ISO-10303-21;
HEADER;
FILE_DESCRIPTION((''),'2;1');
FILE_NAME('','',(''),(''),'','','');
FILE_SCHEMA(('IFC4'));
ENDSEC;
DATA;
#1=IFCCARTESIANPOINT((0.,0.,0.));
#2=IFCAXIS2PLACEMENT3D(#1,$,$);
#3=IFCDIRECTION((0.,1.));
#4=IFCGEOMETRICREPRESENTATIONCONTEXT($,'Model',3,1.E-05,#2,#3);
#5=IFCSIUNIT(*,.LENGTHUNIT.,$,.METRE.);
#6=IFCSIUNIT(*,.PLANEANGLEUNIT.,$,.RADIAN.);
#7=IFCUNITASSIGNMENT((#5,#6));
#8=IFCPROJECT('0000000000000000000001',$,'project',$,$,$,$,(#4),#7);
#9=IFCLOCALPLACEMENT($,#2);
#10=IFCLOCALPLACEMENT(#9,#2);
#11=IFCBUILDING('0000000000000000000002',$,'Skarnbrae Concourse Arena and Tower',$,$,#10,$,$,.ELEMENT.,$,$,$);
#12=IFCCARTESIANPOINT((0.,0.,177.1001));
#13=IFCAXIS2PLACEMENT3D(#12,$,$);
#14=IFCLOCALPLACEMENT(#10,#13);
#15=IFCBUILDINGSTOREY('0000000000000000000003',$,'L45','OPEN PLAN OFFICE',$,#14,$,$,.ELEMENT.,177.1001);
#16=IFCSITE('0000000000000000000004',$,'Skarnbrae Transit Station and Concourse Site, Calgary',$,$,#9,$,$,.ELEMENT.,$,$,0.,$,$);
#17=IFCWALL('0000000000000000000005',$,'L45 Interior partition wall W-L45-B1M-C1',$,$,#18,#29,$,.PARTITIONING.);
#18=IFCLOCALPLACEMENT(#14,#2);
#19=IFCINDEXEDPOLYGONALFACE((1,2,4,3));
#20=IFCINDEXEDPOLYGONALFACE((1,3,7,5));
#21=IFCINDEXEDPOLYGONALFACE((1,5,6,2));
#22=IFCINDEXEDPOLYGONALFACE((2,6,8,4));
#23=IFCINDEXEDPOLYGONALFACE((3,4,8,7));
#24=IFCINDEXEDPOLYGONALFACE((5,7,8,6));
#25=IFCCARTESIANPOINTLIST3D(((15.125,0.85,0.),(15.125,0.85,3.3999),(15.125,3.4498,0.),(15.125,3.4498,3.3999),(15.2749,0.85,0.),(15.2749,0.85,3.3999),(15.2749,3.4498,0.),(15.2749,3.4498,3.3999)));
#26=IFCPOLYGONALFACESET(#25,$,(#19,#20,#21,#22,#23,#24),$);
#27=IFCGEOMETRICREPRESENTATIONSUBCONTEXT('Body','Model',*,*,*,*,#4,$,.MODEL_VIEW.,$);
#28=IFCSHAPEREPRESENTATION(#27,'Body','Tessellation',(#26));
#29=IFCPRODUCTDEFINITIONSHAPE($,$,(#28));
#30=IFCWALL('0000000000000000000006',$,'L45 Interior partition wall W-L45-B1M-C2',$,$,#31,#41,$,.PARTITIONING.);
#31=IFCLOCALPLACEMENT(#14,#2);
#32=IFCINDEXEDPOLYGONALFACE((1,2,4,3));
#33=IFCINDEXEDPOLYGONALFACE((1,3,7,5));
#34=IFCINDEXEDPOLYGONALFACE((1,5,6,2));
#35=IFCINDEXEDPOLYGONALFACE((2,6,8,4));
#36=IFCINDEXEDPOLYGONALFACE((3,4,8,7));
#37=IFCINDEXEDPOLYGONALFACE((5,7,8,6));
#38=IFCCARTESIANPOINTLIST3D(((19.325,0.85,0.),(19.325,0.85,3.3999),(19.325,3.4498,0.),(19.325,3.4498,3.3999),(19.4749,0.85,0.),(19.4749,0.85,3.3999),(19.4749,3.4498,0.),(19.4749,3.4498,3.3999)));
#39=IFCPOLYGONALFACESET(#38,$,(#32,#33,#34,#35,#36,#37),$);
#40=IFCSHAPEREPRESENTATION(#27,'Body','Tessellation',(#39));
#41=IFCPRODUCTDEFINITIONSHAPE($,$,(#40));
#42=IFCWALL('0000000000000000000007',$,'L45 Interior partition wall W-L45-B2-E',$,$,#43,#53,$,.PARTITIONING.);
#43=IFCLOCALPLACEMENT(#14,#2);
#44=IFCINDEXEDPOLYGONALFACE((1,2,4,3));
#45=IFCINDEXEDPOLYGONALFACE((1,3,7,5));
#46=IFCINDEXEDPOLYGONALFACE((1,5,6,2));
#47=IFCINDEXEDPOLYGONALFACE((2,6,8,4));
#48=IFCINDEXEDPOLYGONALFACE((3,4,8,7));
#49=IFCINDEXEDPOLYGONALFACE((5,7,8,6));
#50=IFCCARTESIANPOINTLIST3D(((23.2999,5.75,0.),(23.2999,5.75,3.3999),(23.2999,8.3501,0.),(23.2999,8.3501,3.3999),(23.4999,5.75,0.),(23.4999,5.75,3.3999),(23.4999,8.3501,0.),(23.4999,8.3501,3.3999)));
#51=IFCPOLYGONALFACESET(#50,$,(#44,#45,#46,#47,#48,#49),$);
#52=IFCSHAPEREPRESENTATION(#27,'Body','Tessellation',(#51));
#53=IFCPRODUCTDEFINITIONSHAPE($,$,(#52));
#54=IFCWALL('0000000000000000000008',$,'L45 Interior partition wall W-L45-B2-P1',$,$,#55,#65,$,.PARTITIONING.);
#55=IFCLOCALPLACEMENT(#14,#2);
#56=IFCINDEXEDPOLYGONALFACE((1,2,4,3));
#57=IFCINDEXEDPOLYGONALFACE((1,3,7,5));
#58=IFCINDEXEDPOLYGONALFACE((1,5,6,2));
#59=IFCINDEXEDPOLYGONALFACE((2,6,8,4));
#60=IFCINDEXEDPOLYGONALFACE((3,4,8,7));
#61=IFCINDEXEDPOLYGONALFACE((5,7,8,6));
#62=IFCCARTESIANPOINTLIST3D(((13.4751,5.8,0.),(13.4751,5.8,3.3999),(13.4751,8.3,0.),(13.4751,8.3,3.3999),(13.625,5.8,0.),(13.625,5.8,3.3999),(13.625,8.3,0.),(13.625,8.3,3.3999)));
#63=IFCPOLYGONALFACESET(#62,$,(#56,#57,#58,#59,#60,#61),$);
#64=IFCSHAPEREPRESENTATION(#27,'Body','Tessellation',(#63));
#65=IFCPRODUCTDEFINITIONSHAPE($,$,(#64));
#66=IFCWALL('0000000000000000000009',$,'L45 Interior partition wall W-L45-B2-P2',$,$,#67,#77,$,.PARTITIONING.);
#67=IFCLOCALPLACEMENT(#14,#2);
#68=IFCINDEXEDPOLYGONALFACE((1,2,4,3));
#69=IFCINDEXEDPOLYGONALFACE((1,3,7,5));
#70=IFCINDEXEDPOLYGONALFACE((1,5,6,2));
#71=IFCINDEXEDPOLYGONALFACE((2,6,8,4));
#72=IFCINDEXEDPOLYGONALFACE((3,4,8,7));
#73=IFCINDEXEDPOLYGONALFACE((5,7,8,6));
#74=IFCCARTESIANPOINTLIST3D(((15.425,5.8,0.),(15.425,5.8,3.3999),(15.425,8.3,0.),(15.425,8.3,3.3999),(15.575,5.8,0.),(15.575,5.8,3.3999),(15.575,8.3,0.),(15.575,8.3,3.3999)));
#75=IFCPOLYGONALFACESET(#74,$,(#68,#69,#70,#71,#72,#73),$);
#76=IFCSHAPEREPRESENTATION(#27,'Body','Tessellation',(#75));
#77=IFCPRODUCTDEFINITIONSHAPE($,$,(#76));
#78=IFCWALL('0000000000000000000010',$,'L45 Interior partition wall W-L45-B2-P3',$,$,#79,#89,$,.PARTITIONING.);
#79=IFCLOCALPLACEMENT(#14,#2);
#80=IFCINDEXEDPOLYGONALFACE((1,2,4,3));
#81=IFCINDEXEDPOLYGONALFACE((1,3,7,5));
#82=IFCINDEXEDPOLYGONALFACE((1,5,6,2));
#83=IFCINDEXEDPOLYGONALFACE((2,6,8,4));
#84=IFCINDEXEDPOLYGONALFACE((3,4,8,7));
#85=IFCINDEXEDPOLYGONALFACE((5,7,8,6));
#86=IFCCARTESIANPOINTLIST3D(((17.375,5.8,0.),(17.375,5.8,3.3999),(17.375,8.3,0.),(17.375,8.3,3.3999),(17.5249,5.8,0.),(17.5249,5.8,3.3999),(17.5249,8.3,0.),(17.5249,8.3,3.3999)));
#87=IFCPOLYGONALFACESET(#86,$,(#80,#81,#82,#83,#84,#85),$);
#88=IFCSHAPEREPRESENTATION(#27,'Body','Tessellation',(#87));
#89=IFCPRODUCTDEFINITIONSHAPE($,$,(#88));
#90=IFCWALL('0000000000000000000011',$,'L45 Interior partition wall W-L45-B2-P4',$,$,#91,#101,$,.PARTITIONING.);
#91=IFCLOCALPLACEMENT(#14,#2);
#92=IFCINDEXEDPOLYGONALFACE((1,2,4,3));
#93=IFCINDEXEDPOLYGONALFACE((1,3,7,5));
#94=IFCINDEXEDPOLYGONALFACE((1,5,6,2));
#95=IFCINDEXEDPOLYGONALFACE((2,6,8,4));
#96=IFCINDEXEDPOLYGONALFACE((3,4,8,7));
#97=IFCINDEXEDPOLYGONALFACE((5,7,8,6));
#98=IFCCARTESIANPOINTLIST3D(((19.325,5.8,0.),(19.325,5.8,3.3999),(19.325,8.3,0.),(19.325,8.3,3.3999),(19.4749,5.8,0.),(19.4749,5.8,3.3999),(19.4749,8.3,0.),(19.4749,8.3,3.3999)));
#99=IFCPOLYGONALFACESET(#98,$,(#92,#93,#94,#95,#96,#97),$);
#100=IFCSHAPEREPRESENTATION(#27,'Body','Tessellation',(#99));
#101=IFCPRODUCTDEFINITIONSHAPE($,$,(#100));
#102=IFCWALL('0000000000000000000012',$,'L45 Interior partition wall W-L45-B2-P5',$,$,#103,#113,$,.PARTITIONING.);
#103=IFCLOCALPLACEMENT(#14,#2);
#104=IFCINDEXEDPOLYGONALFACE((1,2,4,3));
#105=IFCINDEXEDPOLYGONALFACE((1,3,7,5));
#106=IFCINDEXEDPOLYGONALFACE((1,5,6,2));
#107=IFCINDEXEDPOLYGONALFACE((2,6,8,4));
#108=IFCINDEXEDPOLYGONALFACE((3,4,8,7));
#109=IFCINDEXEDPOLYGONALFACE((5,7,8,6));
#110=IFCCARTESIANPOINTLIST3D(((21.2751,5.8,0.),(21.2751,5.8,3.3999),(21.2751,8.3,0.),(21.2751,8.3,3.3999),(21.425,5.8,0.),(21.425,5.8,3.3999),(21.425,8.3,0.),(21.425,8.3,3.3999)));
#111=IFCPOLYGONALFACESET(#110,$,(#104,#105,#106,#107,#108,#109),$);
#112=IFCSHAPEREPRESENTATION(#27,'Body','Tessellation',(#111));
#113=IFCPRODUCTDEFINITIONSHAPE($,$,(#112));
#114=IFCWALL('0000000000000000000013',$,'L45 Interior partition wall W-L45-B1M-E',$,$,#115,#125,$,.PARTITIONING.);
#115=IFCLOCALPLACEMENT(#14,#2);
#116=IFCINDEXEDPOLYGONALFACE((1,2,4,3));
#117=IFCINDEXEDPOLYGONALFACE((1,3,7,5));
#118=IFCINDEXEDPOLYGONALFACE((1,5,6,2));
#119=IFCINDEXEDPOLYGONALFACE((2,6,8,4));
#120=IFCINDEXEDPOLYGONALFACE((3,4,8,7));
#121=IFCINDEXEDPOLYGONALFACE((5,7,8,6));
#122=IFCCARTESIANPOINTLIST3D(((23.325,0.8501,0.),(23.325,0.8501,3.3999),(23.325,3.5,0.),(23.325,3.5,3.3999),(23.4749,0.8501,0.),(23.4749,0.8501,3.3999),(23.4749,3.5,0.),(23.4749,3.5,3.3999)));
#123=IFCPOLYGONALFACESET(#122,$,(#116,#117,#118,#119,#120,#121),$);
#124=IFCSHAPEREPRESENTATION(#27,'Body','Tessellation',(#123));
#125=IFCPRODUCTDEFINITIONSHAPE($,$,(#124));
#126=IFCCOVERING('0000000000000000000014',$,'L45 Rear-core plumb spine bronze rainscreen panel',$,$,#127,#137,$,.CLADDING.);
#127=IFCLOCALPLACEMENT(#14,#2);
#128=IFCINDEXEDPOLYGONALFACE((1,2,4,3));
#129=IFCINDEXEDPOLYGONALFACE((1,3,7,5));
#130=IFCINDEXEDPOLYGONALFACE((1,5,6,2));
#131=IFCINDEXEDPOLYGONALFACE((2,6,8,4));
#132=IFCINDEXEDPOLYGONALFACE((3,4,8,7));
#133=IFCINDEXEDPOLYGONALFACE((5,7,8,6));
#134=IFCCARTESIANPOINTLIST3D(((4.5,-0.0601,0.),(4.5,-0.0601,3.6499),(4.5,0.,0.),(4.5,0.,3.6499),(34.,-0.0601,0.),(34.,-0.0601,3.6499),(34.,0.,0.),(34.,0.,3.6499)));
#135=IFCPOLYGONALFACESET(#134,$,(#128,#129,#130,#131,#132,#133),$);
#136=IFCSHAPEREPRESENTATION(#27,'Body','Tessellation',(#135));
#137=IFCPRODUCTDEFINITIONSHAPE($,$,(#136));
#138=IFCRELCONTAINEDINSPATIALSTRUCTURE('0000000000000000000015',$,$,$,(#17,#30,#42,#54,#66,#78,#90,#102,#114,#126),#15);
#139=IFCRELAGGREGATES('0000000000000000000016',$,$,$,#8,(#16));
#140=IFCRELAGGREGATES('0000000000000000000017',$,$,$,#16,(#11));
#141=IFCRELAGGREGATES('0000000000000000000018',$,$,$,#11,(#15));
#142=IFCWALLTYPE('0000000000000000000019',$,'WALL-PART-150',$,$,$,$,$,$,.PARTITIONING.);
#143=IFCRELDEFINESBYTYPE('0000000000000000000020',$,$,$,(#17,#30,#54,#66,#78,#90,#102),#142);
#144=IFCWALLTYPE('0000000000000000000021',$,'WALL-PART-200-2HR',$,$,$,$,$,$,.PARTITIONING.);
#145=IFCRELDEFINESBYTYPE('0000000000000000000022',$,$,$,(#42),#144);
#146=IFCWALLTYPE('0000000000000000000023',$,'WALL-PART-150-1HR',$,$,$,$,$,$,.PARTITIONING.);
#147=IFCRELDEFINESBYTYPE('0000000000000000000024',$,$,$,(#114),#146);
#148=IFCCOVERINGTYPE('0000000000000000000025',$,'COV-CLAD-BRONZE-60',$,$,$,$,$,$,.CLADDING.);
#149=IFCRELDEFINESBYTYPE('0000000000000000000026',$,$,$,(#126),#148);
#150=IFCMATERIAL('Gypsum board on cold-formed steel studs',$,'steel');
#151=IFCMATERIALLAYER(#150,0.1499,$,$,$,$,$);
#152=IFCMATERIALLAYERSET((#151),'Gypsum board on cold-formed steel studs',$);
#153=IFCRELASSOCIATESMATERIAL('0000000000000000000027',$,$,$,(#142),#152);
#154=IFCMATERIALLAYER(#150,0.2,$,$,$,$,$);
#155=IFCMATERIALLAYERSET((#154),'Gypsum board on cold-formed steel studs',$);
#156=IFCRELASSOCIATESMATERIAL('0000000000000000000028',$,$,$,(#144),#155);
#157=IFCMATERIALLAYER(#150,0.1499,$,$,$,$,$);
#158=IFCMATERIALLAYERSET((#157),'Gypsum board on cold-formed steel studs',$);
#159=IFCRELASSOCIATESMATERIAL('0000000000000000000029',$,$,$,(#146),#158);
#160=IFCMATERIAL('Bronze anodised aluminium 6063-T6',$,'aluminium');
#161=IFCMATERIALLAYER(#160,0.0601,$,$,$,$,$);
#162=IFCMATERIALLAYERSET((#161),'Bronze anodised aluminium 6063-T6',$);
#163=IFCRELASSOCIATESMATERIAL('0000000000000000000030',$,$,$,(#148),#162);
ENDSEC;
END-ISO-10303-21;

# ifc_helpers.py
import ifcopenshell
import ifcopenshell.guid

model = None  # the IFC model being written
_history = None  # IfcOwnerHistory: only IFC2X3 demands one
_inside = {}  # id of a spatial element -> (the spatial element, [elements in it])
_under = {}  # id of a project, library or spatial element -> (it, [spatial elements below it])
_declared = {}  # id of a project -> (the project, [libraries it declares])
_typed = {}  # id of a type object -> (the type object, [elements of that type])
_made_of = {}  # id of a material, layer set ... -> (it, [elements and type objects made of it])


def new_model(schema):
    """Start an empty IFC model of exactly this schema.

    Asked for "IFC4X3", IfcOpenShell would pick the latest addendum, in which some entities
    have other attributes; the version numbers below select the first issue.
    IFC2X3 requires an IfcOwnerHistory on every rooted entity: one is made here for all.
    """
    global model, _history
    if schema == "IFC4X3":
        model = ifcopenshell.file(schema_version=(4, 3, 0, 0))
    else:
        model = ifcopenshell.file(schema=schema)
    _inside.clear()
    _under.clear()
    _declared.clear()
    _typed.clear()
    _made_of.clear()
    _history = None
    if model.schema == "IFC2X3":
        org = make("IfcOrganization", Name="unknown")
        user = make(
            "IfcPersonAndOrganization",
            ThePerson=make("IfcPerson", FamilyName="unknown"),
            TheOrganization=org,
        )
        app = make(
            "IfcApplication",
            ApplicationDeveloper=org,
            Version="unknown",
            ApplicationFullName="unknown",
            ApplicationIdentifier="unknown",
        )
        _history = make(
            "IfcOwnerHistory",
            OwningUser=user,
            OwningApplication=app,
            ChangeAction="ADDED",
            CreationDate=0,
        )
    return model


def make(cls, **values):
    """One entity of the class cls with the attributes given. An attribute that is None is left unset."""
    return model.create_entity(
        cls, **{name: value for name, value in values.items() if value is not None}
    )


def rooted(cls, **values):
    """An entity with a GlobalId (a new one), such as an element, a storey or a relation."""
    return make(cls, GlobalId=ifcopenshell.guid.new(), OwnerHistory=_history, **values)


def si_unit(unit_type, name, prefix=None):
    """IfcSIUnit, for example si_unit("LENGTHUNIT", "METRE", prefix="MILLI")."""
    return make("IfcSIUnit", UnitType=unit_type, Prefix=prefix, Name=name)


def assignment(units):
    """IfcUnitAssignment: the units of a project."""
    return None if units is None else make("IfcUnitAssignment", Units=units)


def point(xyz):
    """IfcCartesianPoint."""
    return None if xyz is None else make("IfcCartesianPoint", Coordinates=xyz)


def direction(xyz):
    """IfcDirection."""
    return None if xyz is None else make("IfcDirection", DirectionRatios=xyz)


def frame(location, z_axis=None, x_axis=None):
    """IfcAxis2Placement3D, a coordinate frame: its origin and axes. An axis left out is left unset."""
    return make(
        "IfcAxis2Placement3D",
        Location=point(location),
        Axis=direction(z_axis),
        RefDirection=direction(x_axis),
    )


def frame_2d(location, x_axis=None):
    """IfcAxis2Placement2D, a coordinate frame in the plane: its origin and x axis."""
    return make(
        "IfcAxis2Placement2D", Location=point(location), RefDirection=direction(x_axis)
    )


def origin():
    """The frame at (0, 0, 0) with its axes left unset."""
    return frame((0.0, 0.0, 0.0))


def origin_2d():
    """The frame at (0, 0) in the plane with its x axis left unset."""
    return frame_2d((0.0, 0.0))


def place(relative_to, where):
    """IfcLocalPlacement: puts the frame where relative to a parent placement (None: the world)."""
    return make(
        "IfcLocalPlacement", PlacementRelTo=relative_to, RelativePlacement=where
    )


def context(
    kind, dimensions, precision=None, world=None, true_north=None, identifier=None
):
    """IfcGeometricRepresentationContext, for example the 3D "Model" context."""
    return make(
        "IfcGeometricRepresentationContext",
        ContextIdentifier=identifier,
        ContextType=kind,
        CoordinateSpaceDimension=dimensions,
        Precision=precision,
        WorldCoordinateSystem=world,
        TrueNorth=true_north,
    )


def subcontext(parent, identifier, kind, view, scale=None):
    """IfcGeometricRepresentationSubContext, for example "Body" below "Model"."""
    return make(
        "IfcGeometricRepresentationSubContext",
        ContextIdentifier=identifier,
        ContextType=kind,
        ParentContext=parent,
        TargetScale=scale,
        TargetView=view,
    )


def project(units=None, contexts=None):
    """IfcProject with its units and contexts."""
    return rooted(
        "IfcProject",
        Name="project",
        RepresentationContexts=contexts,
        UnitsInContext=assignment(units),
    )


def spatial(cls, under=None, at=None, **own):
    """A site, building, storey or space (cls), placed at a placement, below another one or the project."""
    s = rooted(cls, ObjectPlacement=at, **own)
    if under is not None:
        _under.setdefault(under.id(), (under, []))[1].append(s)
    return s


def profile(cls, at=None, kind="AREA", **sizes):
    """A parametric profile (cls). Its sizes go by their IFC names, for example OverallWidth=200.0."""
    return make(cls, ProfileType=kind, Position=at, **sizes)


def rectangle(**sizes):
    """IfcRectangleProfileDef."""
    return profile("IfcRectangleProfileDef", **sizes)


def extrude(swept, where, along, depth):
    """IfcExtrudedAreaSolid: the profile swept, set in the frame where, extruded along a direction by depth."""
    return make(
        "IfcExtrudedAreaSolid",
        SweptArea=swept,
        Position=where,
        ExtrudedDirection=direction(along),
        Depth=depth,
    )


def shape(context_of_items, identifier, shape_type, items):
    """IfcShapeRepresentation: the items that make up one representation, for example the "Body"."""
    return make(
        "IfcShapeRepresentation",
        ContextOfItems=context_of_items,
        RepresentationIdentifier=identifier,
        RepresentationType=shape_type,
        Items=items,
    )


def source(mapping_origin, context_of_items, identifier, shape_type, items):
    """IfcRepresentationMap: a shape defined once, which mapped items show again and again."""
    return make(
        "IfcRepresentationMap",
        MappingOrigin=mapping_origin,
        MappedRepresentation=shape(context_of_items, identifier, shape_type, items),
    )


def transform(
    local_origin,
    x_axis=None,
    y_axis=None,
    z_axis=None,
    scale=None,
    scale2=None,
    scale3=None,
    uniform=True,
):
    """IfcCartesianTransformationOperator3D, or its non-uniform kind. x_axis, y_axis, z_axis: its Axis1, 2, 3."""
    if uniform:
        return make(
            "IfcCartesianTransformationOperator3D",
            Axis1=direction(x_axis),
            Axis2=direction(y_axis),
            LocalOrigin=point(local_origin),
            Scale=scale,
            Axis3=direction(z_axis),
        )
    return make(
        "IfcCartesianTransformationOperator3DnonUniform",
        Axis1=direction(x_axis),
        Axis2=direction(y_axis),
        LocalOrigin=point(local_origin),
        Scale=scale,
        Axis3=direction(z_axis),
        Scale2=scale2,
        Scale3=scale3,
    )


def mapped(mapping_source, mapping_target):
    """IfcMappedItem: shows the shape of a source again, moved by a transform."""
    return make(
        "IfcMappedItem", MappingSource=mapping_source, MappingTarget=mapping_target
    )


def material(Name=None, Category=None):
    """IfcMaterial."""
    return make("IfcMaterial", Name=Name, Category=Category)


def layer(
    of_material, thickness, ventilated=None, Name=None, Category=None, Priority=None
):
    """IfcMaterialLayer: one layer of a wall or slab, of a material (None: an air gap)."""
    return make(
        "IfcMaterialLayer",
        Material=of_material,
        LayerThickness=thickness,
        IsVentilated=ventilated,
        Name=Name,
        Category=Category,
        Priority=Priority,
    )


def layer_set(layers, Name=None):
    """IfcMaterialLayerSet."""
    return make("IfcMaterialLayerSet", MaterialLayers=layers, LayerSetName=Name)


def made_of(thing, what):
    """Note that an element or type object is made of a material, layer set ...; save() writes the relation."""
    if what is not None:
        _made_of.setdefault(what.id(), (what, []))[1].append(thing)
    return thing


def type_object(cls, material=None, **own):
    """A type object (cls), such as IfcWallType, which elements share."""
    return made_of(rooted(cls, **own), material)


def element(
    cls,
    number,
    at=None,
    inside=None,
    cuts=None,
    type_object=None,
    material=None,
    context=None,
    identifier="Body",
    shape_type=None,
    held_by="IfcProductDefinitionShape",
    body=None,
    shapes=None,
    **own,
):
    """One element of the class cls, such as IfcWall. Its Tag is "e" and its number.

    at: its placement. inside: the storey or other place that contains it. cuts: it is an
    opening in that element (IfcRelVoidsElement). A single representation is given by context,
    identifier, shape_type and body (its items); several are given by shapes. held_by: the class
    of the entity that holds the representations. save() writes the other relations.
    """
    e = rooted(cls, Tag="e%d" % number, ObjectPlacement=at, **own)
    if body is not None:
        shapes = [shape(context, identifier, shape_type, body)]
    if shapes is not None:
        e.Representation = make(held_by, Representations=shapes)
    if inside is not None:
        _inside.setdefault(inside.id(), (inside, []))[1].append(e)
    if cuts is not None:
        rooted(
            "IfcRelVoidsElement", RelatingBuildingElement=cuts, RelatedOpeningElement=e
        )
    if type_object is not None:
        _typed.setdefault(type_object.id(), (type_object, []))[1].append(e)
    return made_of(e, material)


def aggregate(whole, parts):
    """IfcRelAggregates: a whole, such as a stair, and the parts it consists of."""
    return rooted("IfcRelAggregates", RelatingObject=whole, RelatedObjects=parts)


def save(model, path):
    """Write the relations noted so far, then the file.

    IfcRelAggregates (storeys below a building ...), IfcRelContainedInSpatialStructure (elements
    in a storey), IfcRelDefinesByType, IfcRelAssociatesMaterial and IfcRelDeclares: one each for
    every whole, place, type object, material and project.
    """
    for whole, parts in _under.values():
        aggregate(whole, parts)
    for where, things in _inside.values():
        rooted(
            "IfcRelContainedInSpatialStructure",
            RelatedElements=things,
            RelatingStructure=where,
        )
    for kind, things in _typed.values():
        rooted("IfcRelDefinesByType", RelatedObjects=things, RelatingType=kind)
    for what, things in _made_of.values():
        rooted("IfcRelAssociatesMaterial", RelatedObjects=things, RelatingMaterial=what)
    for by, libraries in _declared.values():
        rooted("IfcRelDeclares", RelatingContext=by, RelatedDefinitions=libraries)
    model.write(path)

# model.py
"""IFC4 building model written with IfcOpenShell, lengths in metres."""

from ifc_helpers import new_model, si_unit, direction, frame, frame_2d, origin, origin_2d, place, context, subcontext, project, spatial, rectangle, extrude, source, transform, mapped, material, layer, layer_set, type_object, element, save


model = new_model("IFC4")

# Units and contexts
model_context = context("Model", 3, precision=1e-05, world=origin(), true_north=direction((0.0, 1.0)))
body_context = subcontext(model_context, "Body", "Model", "MODEL_VIEW")
ifc_project = project(units=[si_unit("LENGTHUNIT", "METRE"), si_unit("PLANEANGLEUNIT", "RADIAN")], contexts=[model_context])

# Site, building, storey
site_placement = place(None, origin())
site = spatial("IfcSite", under=ifc_project, at=site_placement, Name="Skarnbrae Transit Station and Concourse Site, Calgary", CompositionType="ELEMENT", RefElevation=0.0)
building_placement = place(site_placement, origin())
building = spatial("IfcBuilding", under=site, at=building_placement, Name="Skarnbrae Concourse Arena and Tower", CompositionType="ELEMENT")
storey_placement = place(building_placement, frame((0.0, 0.0, 177.1001)))
storey = spatial("IfcBuildingStorey", under=building, at=storey_placement, Name="L45", Description="OPEN PLAN OFFICE", CompositionType="ELEMENT", Elevation=177.1001)

# Walls
ifc_material_1 = material(Name="Gypsum board on cold-formed steel studs", Category="steel")
ifc_layer_1 = layer(ifc_material_1, 0.1499)
ifc_layer_set_1 = layer_set([ifc_layer_1], Name="Gypsum board on cold-formed steel studs")
wall_type_1 = type_object("IfcWallType", Name="WALL-PART-150", PredefinedType="PARTITIONING", material=ifc_layer_set_1)
shared_shape_1 = source(origin(), body_context, "Body", "SweptSolid", [
    extrude(rectangle(XDim=2.5999, YDim=0.1499, at=frame_2d((1.2998, 0.0))), origin(), (0.0, 0.0, 1.0), 3.3999),
])
for number, where, z_axis, x_axis, name in (
    (1, (15.2, 0.8501, 0.0), (0.0, 0.0, 1.0), (0.0, 1.0, 0.0), "L45 Interior partition wall W-L45-B1M-C1"),
    (2, (19.3999, 0.8501, 0.0), (0.0, 0.0, 1.0), (0.0, 1.0, 0.0), "L45 Interior partition wall W-L45-B1M-C2"),
):
    element("IfcWall", number, at=place(storey_placement, frame(where, z_axis=z_axis, x_axis=x_axis)), inside=storey, type_object=wall_type_1, Name=name, PredefinedType="PARTITIONING", context=body_context, shape_type="MappedRepresentation", body=[
        mapped(shared_shape_1, transform((0.0, 0.0, 0.0))),
    ])
ifc_layer_2 = layer(ifc_material_1, 0.2)
ifc_layer_set_2 = layer_set([ifc_layer_2], Name="Gypsum board on cold-formed steel studs")
wall_type_2 = type_object("IfcWallType", Name="WALL-PART-200-2HR", PredefinedType="PARTITIONING", material=ifc_layer_set_2)
shared_shape_2 = source(origin(), body_context, "Body", "SweptSolid", [
    extrude(rectangle(XDim=2.6001, YDim=0.2, at=frame_2d((1.3, 0.0))), origin(), (0.0, 0.0, 1.0), 3.3999),
])
wall_1_placement = place(storey_placement, frame((23.3999, 5.75, 0.0), z_axis=(0.0, 0.0, 1.0), x_axis=(0.0, 1.0, 0.0)))
element("IfcWall", 3, at=wall_1_placement, inside=storey, type_object=wall_type_2, Name="L45 Interior partition wall W-L45-B2-E", PredefinedType="PARTITIONING", context=body_context, shape_type="MappedRepresentation", body=[
    mapped(shared_shape_2, transform((0.0, 0.0, 0.0))),
])
shared_shape_3 = source(origin(), body_context, "Body", "SweptSolid", [
    extrude(rectangle(XDim=2.5, YDim=0.1499, at=frame_2d((1.25, 0.0))), origin(), (0.0, 0.0, 1.0), 3.3999),
])
for number, where, z_axis, x_axis, name in (
    (4, (13.55, 5.8, 0.0), (0.0, 0.0, 1.0), (0.0, 1.0, 0.0), "L45 Interior partition wall W-L45-B2-P1"),
    (5, (15.5, 5.8, 0.0), (0.0, 0.0, 1.0), (0.0, 1.0, 0.0), "L45 Interior partition wall W-L45-B2-P2"),
    (6, (17.45, 5.8, 0.0), (0.0, 0.0, 1.0), (0.0, 1.0, 0.0), "L45 Interior partition wall W-L45-B2-P3"),
    (7, (19.3999, 5.8, 0.0), (0.0, 0.0, 1.0), (0.0, 1.0, 0.0), "L45 Interior partition wall W-L45-B2-P4"),
    (8, (21.3501, 5.8, 0.0), (0.0, 0.0, 1.0), (0.0, 1.0, 0.0), "L45 Interior partition wall W-L45-B2-P5"),
):
    element("IfcWall", number, at=place(storey_placement, frame(where, z_axis=z_axis, x_axis=x_axis)), inside=storey, type_object=wall_type_1, Name=name, PredefinedType="PARTITIONING", context=body_context, shape_type="MappedRepresentation", body=[
        mapped(shared_shape_3, transform((0.0, 0.0, 0.0))),
    ])
ifc_layer_3 = layer(ifc_material_1, 0.1499)
ifc_layer_set_3 = layer_set([ifc_layer_3], Name="Gypsum board on cold-formed steel studs")
wall_type_3 = type_object("IfcWallType", Name="WALL-PART-150-1HR", PredefinedType="PARTITIONING", material=ifc_layer_set_3)
shared_shape_4 = source(origin(), body_context, "Body", "SweptSolid", [
    extrude(rectangle(XDim=2.6499, YDim=0.1499, at=frame_2d((1.325, 0.0))), origin(), (0.0, 0.0, 1.0), 3.3999),
])
wall_2_placement = place(storey_placement, frame((23.3999, 0.8501, 0.0), z_axis=(0.0, 0.0, 1.0), x_axis=(0.0, 1.0, 0.0)))
element("IfcWall", 9, at=wall_2_placement, inside=storey, type_object=wall_type_3, Name="L45 Interior partition wall W-L45-B1M-E", PredefinedType="PARTITIONING", context=body_context, shape_type="MappedRepresentation", body=[
    mapped(shared_shape_4, transform((0.0, 0.0, 0.0))),
])

# Covering
ifc_material_2 = material(Name="Bronze anodised aluminium 6063-T6", Category="aluminium")
ifc_layer_4 = layer(ifc_material_2, 0.0601)
ifc_layer_set_4 = layer_set([ifc_layer_4], Name="Bronze anodised aluminium 6063-T6")
covering_type = type_object("IfcCoveringType", Name="COV-CLAD-BRONZE-60", PredefinedType="CLADDING", material=ifc_layer_set_4)
shared_shape_5 = source(origin(), body_context, "Body", "SweptSolid", [
    extrude(rectangle(XDim=29.5, YDim=0.0601, at=origin_2d()), origin(), (0.0, 0.0, 1.0), 3.6499),
])
covering_placement = place(storey_placement, frame((19.25, -0.03, 0.0), z_axis=(0.0, 0.0, 1.0), x_axis=(1.0, 0.0, 0.0)))
element("IfcCovering", 10, at=covering_placement, inside=storey, type_object=covering_type, Name="L45 Rear-core plumb spine bronze rainscreen panel", PredefinedType="CLADDING", context=body_context, shape_type="MappedRepresentation", body=[
    mapped(shared_shape_5, transform((0.0, 0.0, 0.0))),
])

save(model, "model.ifc")
